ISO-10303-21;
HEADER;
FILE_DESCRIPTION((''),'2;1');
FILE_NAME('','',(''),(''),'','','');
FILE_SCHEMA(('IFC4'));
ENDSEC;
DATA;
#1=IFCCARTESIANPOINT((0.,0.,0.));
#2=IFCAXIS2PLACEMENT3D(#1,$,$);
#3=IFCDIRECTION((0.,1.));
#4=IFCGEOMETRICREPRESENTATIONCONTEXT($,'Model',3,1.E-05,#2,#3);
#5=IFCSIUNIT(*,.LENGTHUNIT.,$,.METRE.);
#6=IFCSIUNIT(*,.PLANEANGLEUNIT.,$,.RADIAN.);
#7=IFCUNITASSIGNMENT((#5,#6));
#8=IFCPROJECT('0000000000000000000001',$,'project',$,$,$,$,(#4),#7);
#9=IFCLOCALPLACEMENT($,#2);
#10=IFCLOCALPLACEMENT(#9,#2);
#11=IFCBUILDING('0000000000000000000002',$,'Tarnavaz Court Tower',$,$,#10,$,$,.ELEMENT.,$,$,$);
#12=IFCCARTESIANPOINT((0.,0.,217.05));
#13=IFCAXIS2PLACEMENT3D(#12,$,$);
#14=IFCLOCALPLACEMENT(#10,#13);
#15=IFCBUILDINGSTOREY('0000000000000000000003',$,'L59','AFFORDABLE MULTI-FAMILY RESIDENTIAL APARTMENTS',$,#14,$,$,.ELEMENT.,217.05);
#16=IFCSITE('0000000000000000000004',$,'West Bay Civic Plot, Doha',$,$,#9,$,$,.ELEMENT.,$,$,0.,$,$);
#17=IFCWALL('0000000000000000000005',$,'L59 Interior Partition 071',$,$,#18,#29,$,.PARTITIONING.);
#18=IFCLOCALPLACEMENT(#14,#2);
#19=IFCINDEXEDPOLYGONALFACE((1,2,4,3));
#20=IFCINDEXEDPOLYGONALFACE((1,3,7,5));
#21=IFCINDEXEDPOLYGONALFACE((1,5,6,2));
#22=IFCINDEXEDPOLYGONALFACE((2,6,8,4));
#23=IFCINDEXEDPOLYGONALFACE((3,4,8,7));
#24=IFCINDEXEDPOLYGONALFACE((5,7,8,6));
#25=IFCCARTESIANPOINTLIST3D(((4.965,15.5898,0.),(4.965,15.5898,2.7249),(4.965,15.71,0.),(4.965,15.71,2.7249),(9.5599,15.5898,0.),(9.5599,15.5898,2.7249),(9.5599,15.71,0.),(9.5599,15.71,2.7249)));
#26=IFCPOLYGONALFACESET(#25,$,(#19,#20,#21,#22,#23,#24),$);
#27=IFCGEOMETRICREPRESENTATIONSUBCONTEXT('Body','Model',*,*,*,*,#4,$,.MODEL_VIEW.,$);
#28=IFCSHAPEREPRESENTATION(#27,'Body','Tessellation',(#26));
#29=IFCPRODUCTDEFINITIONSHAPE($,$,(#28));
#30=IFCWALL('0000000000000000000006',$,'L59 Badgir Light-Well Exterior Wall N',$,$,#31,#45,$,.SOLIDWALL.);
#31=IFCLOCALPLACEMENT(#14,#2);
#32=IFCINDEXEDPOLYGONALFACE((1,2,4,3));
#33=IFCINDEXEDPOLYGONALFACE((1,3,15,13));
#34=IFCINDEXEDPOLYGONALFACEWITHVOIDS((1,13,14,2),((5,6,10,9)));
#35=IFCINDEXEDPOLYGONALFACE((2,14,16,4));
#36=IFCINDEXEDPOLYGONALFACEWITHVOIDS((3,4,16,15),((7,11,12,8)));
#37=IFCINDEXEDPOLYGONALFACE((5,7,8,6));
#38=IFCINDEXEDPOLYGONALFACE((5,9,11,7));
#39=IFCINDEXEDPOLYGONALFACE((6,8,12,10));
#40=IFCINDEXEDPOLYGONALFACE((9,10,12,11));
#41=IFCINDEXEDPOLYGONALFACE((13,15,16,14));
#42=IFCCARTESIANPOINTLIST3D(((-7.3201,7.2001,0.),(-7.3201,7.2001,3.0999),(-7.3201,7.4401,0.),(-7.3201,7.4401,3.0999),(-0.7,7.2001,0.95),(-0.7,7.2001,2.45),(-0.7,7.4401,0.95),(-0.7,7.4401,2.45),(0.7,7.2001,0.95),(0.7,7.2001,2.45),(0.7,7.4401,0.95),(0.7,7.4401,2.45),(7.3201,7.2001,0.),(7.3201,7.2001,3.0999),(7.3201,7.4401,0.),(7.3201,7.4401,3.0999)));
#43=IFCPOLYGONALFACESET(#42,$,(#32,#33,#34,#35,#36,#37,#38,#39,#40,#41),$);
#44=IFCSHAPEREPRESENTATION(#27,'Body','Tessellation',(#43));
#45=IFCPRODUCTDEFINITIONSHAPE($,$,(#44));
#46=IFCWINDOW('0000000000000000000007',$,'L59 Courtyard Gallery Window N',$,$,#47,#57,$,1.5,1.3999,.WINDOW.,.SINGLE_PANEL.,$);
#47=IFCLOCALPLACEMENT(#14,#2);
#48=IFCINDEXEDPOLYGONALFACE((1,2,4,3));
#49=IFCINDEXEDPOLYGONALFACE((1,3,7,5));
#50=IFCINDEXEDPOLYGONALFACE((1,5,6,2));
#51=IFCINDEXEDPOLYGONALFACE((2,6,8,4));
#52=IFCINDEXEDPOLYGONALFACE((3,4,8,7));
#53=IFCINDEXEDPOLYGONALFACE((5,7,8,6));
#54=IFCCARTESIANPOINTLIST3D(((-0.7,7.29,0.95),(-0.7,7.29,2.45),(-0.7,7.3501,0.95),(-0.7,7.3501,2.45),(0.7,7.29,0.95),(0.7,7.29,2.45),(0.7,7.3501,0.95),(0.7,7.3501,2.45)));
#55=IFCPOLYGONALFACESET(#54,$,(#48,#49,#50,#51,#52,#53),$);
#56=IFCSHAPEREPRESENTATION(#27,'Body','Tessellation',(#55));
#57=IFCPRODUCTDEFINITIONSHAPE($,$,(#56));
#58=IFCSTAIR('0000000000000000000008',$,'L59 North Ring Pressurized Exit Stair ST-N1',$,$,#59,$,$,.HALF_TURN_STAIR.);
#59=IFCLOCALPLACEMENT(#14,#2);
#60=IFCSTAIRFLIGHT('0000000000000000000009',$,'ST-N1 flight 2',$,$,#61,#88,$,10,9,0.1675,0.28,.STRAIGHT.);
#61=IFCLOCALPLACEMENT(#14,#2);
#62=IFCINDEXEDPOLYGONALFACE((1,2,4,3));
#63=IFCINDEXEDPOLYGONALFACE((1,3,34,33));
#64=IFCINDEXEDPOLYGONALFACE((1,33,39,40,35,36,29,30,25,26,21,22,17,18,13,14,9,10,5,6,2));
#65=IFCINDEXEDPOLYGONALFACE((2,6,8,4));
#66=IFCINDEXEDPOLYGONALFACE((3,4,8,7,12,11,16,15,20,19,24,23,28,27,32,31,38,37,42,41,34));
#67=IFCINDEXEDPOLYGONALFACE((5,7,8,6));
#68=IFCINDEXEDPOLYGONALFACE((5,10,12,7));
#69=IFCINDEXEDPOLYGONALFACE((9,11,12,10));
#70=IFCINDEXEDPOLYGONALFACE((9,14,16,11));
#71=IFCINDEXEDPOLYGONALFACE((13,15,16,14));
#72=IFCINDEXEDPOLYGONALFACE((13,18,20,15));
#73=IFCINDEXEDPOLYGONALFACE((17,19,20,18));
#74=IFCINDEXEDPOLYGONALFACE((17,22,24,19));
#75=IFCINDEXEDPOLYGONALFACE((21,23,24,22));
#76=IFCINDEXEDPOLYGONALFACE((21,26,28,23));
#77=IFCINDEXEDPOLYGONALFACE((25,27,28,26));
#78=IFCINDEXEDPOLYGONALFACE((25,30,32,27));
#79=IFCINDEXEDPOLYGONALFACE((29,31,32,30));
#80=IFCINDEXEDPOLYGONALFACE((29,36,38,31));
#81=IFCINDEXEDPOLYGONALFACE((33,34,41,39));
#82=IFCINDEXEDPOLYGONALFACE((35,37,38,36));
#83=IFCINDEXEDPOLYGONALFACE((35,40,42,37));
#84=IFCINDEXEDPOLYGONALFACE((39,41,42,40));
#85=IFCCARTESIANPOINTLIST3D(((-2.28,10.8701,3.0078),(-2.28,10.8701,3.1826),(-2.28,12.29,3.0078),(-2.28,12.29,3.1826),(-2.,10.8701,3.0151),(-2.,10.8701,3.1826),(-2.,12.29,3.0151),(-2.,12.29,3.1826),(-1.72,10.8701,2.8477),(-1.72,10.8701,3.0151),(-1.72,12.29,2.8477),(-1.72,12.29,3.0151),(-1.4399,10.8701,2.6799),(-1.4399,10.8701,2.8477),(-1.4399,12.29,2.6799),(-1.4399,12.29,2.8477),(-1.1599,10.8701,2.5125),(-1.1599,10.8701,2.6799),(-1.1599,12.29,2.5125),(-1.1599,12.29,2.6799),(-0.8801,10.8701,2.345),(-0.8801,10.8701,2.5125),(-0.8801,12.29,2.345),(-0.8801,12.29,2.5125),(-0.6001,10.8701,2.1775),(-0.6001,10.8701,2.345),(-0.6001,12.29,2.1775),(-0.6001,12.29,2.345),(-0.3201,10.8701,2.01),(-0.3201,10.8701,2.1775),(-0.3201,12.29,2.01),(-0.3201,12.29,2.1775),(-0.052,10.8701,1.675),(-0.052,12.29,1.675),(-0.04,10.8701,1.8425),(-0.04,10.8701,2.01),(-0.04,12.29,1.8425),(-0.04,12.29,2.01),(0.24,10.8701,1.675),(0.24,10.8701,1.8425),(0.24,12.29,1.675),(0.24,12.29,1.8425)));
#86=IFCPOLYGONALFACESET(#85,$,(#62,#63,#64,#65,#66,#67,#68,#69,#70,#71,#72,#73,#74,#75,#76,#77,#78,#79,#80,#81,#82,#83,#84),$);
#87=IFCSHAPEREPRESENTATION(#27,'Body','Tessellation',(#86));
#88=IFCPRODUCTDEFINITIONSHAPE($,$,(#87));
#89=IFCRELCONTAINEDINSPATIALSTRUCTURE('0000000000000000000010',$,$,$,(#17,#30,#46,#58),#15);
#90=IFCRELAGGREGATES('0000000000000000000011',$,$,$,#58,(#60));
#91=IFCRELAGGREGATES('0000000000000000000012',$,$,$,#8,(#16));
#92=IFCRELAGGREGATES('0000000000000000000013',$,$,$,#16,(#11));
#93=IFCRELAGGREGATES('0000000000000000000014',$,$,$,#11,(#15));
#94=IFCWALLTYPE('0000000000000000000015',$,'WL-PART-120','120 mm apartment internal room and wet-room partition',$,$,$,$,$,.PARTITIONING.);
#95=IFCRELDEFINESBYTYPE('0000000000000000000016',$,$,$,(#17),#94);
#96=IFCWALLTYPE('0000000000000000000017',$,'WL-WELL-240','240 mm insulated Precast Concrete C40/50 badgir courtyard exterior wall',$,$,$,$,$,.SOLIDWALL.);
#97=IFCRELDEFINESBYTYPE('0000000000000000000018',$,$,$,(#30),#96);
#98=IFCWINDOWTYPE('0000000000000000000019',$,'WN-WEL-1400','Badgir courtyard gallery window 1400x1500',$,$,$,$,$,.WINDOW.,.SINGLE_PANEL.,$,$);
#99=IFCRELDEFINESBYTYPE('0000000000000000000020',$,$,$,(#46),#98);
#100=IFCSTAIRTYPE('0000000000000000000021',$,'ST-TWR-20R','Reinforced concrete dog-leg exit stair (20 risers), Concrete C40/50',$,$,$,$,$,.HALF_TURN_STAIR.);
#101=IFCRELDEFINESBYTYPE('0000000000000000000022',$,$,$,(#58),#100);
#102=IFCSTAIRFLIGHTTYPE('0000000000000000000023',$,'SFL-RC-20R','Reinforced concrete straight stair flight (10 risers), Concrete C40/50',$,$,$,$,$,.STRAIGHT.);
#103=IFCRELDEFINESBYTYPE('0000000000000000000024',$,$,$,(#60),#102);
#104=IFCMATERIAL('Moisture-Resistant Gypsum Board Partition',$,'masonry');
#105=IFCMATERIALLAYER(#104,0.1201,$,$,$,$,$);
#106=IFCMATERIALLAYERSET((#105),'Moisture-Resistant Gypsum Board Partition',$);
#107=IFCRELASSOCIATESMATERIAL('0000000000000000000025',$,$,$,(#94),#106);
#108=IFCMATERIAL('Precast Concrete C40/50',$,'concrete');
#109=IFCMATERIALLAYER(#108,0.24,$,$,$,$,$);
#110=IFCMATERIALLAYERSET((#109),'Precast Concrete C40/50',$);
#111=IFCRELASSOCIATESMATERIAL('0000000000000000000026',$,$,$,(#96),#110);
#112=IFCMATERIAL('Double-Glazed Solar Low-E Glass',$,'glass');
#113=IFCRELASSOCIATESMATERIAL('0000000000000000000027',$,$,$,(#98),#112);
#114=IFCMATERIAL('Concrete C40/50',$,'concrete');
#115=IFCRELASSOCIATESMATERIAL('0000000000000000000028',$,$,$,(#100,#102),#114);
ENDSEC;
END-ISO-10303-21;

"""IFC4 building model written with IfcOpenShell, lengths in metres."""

from ifc_helpers import new_model, si_unit, direction, frame, frame_2d, origin, place, context, subcontext, project, spatial, polyline, rectangle, outline, extrude, material, layer, layer_set, type_object, element, fill, aggregate, save


model = new_model("IFC4")

# Units and contexts
model_context = context("Model", 3, precision=1e-05, world=origin(), true_north=direction((0.0, 1.0)))
body_context = subcontext(model_context, "Body", "Model", "MODEL_VIEW")
ifc_project = project(units=[si_unit("LENGTHUNIT", "METRE"), si_unit("PLANEANGLEUNIT", "RADIAN")], contexts=[model_context])

# Site, building, storey
site_placement = place(None, origin())
site = spatial("IfcSite", under=ifc_project, at=site_placement, Name="West Bay Civic Plot, Doha", CompositionType="ELEMENT", RefElevation=0.0)
building_placement = place(site_placement, origin())
building = spatial("IfcBuilding", under=site, at=building_placement, Name="Tarnavaz Court Tower", CompositionType="ELEMENT")
storey_placement = place(building_placement, frame((0.0, 0.0, 217.05)))
storey = spatial("IfcBuildingStorey", under=building, at=storey_placement, Name="L59", Description="AFFORDABLE MULTI-FAMILY RESIDENTIAL APARTMENTS", CompositionType="ELEMENT", Elevation=217.05)

# Shared definitions
ifc_material_1 = material(Name="Moisture-Resistant Gypsum Board Partition", Category="masonry")
ifc_layer_1 = layer(ifc_material_1, 0.1201)
ifc_layer_set_1 = layer_set([ifc_layer_1], Name="Moisture-Resistant Gypsum Board Partition")
wall_type_1 = type_object("IfcWallType", Name="WL-PART-120", Description="120 mm apartment internal room and wet-room partition", PredefinedType="PARTITIONING", material=ifc_layer_set_1)

# Wall
wall_1_placement = place(storey_placement, frame((4.9651, 15.6499, 0.0), z_axis=(0.0, 0.0, 1.0), x_axis=(1.0, 0.0, 0.0)))
element("IfcWall", 1, at=wall_1_placement, inside=storey, type_object=wall_type_1, Name="L59 Interior Partition 071", PredefinedType="PARTITIONING", context=body_context, shape_type="SweptSolid", body=[
    extrude(rectangle(XDim=4.595, YDim=0.1201, at=frame_2d((2.2974, 0.0))), origin(), (0.0, 0.0, 1.0), 2.7249),
])

# Wall, opening, window
ifc_material_2 = material(Name="Precast Concrete C40/50", Category="concrete")
ifc_layer_2 = layer(ifc_material_2, 0.24)
ifc_layer_set_2 = layer_set([ifc_layer_2], Name="Precast Concrete C40/50")
wall_type_2 = type_object("IfcWallType", Name="WL-WELL-240", Description="240 mm insulated Precast Concrete C40/50 badgir courtyard exterior wall", PredefinedType="SOLIDWALL", material=ifc_layer_set_2)
wall_2_placement = place(storey_placement, frame((7.3201, 7.3201, 0.0), z_axis=(0.0, 0.0, 1.0), x_axis=(-1.0, 0.0, 0.0)))
wall_2 = element("IfcWall", 2, at=wall_2_placement, inside=storey, type_object=wall_type_2, Name="L59 Badgir Light-Well Exterior Wall N", PredefinedType="SOLIDWALL", context=body_context, shape_type="SweptSolid", body=[
    extrude(rectangle(XDim=14.6401, YDim=0.24, at=frame_2d((7.3201, 0.0))), origin(), (0.0, 0.0, 1.0), 3.0999),
])
opening_1_placement = place(wall_2_placement, frame((6.6201, 0.0, 0.95)))
opening_1 = element("IfcOpeningElement", 3, at=opening_1_placement, cuts=wall_2, PredefinedType="OPENING", context=body_context, shape_type="SweptSolid", body=[
    extrude(rectangle(XDim=1.3999, YDim=1.5, at=frame_2d((0.7, 0.75))), frame((0.0, 0.1299, 0.0), z_axis=(0.0, -1.0, 0.0), x_axis=(1.0, 0.0, 0.0)), (0.0, 0.0, 1.0), 0.26),
])
ifc_material_3 = material(Name="Double-Glazed Solar Low-E Glass", Category="glass")
window_type = type_object("IfcWindowType", Name="WN-WEL-1400", Description="Badgir courtyard gallery window 1400x1500", PartitioningType="SINGLE_PANEL", PredefinedType="WINDOW", material=ifc_material_3)
window_placement = place(opening_1_placement, origin())
window = element("IfcWindow", 4, at=window_placement, inside=storey, type_object=window_type, Name="L59 Courtyard Gallery Window N", OverallHeight=1.5, OverallWidth=1.3999, PartitioningType="SINGLE_PANEL", PredefinedType="WINDOW", context=body_context, shape_type="SweptSolid", body=[
    extrude(rectangle(XDim=1.3999, YDim=1.5, at=frame_2d((0.7, 0.75))), frame((0.0, 0.03, 0.0), z_axis=(0.0, -1.0, 0.0), x_axis=(1.0, 0.0, 0.0)), (0.0, 0.0, 1.0), 0.0601),
])
fill(opening_1, window)

# Stair, stair flight
ifc_material_4 = material(Name="Concrete C40/50", Category="concrete")
stair_type = type_object("IfcStairType", Name="ST-TWR-20R", Description="Reinforced concrete dog-leg exit stair (20 risers), Concrete C40/50", PredefinedType="HALF_TURN_STAIR", material=ifc_material_4)
stair_placement = place(storey_placement, origin())
stair = element("IfcStair", 5, at=stair_placement, inside=storey, type_object=stair_type, Name="L59 North Ring Pressurized Exit Stair ST-N1", PredefinedType="HALF_TURN_STAIR")
stair_flight_type = type_object("IfcStairFlightType", Name="SFL-RC-20R", Description="Reinforced concrete straight stair flight (10 risers), Concrete C40/50", PredefinedType="STRAIGHT", material=ifc_material_4)
stair_flight_placement = place(storey_placement, frame((0.24, 11.5801, 1.675), z_axis=(0.0, 0.0, 1.0), x_axis=(-1.0, 0.0, 0.0)))
stair_flight = element("IfcStairFlight", 6, at=stair_flight_placement, type_object=stair_flight_type, Name="ST-N1 flight 2", NumberOfRisers=10, NumberOfTreads=9, PredefinedType="STRAIGHT", RiserHeight=0.1675, TreadLength=0.28, context=body_context, shape_type="SweptSolid", body=[
    extrude(outline(polyline([(0.0, 0.0), (0.0, 0.1675), (0.28, 0.1675), (0.28, 0.335), (0.5601, 0.335), (0.5601, 0.5024), (0.8401, 0.5024), (0.8401, 0.6699), (1.1201, 0.6699), (1.1201, 0.8374), (1.3999, 0.8374), (1.3999, 1.0049), (1.6799, 1.0049), (1.6799, 1.1726), (1.96, 1.1726), (1.96, 1.3401), (2.24, 1.3401), (2.24, 1.5076), (2.52, 1.5076), (2.52, 1.675), (2.52, 1.3328), (0.292, 0.0), (0.0, 0.0)])), frame((0.0, 0.71, 0.0), z_axis=(0.0, -1.0, 0.0), x_axis=(1.0, 0.0, 0.0)), (0.0, 0.0, 1.0), 1.4199),
])
aggregate(stair, [stair_flight])

save(model, "model.ifc")
